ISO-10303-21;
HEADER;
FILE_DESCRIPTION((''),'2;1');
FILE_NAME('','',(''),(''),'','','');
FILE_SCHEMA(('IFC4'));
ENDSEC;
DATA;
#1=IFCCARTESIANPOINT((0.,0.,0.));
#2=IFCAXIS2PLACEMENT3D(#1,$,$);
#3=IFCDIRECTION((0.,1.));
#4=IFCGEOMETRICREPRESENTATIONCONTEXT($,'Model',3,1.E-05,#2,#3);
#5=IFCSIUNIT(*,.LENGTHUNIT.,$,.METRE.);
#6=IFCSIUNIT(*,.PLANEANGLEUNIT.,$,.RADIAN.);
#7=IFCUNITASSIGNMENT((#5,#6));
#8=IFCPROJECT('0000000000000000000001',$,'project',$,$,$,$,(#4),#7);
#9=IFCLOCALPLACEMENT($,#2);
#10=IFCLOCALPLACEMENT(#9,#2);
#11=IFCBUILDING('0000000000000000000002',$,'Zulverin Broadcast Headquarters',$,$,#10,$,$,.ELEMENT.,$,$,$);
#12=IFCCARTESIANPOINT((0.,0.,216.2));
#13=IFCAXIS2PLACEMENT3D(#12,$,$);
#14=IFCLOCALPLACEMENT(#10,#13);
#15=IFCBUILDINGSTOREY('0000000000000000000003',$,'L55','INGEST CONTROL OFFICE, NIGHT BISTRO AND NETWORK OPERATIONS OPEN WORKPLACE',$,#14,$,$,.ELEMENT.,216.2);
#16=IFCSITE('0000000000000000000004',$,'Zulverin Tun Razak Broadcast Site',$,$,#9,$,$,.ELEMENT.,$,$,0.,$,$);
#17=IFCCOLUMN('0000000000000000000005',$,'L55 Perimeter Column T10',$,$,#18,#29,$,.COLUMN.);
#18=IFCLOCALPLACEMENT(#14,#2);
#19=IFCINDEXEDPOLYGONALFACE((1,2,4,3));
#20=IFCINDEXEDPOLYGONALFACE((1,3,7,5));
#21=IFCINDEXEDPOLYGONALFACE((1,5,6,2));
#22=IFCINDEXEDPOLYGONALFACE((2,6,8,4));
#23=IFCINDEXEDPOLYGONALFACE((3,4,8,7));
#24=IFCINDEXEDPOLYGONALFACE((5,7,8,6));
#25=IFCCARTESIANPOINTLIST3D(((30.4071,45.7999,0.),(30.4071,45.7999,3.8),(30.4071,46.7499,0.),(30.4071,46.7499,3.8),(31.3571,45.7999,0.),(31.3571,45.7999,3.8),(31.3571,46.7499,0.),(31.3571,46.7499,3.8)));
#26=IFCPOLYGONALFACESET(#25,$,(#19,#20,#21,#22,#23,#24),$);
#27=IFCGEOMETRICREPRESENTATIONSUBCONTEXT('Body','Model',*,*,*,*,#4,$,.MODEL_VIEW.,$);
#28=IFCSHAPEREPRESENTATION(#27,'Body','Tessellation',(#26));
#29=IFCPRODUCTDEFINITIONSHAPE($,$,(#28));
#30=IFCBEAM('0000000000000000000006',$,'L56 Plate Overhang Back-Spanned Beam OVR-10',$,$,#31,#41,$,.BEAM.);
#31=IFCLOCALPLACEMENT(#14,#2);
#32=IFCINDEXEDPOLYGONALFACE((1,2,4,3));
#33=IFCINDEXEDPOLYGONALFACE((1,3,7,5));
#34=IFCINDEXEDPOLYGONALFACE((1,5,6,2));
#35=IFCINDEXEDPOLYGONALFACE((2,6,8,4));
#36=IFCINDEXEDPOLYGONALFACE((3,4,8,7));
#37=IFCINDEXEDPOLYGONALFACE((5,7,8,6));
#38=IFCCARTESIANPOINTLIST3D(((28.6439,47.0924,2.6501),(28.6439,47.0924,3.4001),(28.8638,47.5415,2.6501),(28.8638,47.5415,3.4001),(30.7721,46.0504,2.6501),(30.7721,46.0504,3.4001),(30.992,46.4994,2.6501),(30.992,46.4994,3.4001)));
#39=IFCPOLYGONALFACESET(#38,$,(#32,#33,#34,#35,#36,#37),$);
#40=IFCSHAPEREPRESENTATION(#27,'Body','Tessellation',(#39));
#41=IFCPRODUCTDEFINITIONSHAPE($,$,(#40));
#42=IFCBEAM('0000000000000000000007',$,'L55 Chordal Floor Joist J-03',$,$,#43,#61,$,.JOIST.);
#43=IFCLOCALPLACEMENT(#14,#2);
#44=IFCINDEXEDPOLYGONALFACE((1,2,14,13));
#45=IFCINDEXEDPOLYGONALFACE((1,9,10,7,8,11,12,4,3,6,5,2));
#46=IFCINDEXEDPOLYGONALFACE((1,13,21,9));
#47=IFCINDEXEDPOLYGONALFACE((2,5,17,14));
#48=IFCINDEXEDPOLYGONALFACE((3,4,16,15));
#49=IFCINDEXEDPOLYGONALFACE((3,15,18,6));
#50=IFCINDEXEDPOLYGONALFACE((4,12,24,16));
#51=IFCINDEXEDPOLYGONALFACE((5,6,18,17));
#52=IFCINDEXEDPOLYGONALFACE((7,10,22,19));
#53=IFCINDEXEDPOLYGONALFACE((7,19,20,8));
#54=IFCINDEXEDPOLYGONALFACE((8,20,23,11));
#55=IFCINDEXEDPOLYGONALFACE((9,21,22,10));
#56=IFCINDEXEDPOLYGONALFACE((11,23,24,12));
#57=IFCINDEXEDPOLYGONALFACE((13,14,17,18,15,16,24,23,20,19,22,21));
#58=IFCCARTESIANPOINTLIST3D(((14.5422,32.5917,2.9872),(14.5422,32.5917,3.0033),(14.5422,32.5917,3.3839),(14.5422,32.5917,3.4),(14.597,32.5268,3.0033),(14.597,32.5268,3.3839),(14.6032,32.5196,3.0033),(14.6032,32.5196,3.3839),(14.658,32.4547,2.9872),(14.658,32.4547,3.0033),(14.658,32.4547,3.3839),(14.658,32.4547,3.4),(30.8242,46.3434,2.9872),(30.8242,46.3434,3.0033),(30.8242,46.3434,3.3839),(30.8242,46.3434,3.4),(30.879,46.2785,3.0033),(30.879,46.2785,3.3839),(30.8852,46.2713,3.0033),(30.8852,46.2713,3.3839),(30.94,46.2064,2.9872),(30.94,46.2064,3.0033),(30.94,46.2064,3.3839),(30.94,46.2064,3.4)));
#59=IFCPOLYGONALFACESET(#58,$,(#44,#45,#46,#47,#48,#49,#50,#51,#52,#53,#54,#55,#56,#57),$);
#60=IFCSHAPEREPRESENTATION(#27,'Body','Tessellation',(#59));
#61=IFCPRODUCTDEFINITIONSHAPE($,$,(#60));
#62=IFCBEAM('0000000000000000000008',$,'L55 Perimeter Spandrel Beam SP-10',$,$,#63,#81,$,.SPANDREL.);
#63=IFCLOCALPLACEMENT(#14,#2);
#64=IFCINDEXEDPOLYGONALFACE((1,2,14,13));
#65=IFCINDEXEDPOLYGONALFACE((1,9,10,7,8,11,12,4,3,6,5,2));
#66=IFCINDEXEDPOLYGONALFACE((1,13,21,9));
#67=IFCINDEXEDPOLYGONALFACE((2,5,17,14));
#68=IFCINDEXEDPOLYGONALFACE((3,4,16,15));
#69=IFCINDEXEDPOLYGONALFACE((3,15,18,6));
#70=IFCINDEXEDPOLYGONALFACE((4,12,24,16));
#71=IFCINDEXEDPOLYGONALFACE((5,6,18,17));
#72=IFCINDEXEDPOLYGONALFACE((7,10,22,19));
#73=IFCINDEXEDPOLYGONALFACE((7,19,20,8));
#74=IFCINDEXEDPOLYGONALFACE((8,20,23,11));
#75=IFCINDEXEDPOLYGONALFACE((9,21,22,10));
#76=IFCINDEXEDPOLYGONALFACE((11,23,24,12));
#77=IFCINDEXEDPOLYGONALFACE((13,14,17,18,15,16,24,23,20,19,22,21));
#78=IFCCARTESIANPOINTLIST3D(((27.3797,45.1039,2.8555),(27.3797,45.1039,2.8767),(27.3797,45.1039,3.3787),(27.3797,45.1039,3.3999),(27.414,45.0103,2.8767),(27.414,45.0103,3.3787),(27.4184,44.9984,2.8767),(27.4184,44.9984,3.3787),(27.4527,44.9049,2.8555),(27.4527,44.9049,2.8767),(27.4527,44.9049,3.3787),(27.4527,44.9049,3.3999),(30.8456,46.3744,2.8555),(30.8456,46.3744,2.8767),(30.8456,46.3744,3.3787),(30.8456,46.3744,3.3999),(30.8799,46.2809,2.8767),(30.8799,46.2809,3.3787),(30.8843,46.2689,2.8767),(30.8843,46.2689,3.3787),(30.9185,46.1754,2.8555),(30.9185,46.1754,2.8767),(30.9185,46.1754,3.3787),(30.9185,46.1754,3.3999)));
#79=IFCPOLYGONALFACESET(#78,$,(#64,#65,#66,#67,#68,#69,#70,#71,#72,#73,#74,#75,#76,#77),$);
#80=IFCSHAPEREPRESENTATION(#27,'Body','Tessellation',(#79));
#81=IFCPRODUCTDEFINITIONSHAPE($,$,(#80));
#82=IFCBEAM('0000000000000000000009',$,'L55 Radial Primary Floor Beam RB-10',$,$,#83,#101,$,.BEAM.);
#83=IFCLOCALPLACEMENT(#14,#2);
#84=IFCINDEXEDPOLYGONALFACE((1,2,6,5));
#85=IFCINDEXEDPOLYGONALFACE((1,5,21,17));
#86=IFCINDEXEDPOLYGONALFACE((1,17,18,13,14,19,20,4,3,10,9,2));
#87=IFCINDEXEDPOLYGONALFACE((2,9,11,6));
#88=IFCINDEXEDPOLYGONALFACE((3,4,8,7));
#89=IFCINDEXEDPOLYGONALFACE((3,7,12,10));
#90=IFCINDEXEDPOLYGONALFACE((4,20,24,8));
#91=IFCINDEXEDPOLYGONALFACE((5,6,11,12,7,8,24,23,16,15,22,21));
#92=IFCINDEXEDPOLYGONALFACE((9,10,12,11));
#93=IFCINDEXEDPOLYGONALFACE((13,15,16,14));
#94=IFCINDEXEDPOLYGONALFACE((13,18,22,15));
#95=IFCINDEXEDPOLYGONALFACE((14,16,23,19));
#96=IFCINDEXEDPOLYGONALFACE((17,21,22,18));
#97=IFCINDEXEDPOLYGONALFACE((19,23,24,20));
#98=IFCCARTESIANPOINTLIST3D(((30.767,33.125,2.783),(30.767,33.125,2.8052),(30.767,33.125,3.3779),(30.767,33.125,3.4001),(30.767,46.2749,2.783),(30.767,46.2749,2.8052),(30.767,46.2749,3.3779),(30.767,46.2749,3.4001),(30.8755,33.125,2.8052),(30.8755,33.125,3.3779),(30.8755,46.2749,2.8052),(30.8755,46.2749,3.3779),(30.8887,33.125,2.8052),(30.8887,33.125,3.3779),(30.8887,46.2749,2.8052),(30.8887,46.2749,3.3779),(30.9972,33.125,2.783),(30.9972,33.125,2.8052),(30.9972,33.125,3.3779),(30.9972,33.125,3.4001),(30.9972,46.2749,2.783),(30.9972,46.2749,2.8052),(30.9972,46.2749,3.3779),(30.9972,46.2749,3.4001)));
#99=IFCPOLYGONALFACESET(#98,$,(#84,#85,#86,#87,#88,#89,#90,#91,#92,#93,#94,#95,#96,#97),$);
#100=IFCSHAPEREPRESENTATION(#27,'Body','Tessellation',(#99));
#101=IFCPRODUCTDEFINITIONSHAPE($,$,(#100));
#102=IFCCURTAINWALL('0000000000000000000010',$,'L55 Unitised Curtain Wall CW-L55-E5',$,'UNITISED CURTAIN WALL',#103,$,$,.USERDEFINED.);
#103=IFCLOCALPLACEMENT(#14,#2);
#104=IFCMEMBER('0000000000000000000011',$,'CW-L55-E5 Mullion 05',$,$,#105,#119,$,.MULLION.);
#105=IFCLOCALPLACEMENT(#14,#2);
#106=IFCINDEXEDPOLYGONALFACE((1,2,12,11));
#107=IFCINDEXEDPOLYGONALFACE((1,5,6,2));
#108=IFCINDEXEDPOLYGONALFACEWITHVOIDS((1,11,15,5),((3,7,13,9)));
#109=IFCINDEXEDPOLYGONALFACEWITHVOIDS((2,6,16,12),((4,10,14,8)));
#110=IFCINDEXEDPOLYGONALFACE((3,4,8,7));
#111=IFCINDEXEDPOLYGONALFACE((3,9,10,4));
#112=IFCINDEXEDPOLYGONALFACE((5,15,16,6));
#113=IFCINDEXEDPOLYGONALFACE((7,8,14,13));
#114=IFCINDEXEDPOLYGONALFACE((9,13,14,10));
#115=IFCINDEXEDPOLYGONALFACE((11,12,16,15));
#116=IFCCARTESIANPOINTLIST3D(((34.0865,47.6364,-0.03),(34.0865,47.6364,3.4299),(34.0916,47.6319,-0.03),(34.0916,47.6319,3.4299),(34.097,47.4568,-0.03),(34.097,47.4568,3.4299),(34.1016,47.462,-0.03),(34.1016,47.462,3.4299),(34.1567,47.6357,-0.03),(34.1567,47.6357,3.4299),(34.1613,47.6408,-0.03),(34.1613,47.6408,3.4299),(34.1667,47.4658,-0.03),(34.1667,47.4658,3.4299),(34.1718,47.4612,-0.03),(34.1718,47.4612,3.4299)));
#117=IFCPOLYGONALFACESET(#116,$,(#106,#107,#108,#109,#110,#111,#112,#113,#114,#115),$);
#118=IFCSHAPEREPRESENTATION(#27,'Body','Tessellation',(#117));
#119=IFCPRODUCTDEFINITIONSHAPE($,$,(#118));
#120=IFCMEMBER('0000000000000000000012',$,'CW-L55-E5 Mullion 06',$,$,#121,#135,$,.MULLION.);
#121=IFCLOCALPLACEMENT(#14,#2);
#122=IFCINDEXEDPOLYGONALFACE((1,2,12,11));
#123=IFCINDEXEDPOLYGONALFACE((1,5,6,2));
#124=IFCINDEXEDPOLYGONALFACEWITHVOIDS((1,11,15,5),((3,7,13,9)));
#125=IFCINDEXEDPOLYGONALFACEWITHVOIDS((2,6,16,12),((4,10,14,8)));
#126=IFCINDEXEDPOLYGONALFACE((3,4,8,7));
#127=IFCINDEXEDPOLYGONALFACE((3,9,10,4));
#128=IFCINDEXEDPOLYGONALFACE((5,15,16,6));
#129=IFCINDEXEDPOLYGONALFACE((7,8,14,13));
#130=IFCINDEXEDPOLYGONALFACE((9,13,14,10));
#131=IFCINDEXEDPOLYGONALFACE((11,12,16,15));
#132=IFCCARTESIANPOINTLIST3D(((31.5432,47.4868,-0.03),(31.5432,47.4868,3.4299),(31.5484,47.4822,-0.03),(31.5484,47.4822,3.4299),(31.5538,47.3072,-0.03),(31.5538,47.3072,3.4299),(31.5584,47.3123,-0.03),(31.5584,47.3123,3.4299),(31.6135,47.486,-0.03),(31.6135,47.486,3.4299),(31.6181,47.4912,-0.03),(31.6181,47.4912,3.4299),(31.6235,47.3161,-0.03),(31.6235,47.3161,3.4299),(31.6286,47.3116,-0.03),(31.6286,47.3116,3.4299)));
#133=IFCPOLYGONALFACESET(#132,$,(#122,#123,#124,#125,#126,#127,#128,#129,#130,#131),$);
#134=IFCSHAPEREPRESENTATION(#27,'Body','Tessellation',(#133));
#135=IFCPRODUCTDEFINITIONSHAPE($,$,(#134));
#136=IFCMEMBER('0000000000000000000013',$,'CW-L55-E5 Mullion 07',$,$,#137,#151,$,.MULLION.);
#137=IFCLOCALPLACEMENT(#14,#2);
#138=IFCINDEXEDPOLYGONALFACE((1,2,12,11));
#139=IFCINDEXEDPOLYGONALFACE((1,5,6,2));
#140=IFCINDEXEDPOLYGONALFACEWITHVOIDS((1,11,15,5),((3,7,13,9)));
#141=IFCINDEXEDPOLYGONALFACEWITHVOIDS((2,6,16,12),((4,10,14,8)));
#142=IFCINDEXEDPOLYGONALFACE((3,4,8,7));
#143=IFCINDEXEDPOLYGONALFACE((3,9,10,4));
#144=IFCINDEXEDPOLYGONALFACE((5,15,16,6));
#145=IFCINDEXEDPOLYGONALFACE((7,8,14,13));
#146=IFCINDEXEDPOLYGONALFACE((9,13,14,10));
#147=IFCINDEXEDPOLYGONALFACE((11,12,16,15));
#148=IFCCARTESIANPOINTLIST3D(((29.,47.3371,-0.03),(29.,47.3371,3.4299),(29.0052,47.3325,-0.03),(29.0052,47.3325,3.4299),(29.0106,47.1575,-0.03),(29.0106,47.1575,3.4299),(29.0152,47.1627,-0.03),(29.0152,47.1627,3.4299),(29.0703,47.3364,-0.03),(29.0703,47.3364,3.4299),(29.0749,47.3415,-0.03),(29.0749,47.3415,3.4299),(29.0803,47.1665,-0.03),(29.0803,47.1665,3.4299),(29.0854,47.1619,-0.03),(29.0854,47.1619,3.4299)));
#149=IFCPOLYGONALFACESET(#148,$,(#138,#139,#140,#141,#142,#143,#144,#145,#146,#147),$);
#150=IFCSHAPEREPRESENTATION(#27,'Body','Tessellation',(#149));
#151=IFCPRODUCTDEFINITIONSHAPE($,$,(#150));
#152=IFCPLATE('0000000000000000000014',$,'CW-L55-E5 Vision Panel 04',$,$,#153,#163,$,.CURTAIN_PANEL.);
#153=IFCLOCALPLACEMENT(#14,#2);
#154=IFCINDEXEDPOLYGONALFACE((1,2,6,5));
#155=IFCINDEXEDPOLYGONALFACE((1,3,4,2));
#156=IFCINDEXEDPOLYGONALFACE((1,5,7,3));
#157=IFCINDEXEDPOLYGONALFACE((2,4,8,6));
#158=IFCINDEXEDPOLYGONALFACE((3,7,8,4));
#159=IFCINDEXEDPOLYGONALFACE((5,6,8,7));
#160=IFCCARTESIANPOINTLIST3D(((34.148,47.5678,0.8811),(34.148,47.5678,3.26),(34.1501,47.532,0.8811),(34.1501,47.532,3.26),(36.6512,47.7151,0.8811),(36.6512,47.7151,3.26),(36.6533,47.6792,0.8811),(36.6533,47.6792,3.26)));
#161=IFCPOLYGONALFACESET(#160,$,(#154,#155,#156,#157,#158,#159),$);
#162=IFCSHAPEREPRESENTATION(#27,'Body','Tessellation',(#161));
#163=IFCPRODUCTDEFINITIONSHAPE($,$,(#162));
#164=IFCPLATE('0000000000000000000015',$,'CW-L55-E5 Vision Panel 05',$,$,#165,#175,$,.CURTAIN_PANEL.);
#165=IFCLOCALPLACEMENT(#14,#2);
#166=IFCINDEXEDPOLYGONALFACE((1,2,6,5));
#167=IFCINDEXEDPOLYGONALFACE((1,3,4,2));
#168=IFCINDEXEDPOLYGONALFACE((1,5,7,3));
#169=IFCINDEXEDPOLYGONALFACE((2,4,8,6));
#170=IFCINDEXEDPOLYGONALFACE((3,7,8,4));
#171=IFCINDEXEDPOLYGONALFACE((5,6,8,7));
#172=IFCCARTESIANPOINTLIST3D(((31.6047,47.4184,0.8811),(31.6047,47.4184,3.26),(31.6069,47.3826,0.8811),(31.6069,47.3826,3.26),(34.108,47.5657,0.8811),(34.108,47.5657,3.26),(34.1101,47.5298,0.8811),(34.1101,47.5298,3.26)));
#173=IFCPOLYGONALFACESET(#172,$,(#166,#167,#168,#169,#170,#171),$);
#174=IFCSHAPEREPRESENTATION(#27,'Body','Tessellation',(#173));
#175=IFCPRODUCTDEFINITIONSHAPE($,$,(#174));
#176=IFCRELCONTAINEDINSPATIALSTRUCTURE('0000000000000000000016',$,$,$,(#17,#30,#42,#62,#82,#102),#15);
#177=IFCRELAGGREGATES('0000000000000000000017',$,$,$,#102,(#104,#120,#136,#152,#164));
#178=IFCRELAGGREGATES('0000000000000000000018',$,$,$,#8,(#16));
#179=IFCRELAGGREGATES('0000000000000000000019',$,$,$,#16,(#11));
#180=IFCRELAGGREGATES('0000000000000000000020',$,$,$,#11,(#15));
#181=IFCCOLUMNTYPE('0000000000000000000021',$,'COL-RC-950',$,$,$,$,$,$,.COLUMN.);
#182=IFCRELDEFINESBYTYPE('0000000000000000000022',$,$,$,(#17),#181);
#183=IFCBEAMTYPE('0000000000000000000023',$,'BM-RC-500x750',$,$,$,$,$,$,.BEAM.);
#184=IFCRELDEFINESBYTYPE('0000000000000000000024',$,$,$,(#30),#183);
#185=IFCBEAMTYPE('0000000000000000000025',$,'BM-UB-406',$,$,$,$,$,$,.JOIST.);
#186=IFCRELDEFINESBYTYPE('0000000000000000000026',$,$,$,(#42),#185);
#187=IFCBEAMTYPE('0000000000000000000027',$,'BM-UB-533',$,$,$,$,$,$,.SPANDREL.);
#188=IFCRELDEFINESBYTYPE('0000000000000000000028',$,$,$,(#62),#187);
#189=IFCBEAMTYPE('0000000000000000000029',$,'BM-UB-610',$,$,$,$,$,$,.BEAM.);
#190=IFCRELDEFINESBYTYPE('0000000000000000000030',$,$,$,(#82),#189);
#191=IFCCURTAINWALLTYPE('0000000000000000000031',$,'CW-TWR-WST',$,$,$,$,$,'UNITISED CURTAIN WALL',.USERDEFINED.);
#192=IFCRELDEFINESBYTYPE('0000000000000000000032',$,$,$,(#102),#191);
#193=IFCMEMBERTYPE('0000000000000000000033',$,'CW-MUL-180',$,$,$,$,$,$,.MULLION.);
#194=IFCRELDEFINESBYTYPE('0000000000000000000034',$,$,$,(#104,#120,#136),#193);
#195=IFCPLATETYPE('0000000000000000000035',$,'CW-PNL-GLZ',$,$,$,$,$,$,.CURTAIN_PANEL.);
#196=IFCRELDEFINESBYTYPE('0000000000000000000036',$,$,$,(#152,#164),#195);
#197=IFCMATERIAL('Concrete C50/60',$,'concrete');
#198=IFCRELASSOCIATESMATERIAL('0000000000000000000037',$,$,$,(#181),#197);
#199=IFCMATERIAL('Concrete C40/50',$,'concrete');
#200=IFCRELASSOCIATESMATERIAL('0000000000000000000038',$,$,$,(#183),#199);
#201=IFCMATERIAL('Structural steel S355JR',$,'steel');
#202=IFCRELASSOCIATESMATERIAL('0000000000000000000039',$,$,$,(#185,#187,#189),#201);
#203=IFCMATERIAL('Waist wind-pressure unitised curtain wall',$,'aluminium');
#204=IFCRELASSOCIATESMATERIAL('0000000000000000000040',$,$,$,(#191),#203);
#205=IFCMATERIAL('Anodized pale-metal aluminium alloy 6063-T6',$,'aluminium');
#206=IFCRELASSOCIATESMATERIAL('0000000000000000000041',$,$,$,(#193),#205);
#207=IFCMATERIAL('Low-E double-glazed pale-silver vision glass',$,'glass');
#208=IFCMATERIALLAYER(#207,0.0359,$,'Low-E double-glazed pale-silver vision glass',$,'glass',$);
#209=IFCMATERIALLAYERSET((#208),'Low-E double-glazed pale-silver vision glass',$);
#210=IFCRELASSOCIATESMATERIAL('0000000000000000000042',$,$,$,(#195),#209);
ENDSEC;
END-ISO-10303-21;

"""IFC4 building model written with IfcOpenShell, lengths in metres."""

from ifc_helpers import new_model, si_unit, direction, frame, origin, origin_2d, place, context, subcontext, project, spatial, rectangle, hollow_rectangle, i_section, extrude, material, layer, layer_set, material_profile, profile_set, type_object, element, aggregate, save


model = new_model("IFC4")

# Units and contexts
model_context = context("Model", 3, precision=1e-05, world=origin(), true_north=direction((0.0, 1.0)))
body_context = subcontext(model_context, "Body", "Model", "MODEL_VIEW")
ifc_project = project(units=[si_unit("LENGTHUNIT", "METRE"), si_unit("PLANEANGLEUNIT", "RADIAN")], contexts=[model_context])

# Site, building, storey
site_placement = place(None, origin())
site = spatial("IfcSite", under=ifc_project, at=site_placement, Name="Zulverin Tun Razak Broadcast Site", CompositionType="ELEMENT", RefElevation=0.0)
building_placement = place(site_placement, origin())
building = spatial("IfcBuilding", under=site, at=building_placement, Name="Zulverin Broadcast Headquarters", CompositionType="ELEMENT")
storey_placement = place(building_placement, frame((0.0, 0.0, 216.2)))
storey = spatial("IfcBuildingStorey", under=building, at=storey_placement, Name="L55", Description="INGEST CONTROL OFFICE, NIGHT BISTRO AND NETWORK OPERATIONS OPEN WORKPLACE", CompositionType="ELEMENT", Elevation=216.2)

# Column
ifc_material_1 = material(Name="Concrete C50/60", Category="concrete")
ifc_material_profile_1 = material_profile(ifc_material_1, rectangle(XDim=0.95, YDim=0.95, at=origin_2d()), Name="Concrete C50/60", Category="concrete")
ifc_profile_set_1 = profile_set([ifc_material_profile_1], Name="Concrete C50/60")
column_type = type_object("IfcColumnType", Name="COL-RC-950", PredefinedType="COLUMN", material=ifc_profile_set_1)
column_placement = place(storey_placement, frame((30.8821, 46.2749, 0.0), z_axis=(0.0, 0.0, 1.0), x_axis=(1.0, 0.0, 0.0)))
element("IfcColumn", 1, at=column_placement, inside=storey, type_object=column_type, Name="L55 Perimeter Column T10", PredefinedType="COLUMN", context=body_context, shape_type="SweptSolid", body=[
    extrude(rectangle(XDim=0.95, YDim=0.95, at=origin_2d()), origin(), (0.0, 0.0, 1.0), 3.8),
])

# Beams
ifc_material_2 = material(Name="Concrete C40/50", Category="concrete")
ifc_material_profile_2 = material_profile(ifc_material_2, rectangle(XDim=0.5, YDim=0.75, at=origin_2d()), Name="Concrete C40/50", Category="concrete")
ifc_profile_set_2 = profile_set([ifc_material_profile_2], Name="Concrete C40/50")
beam_type_1 = type_object("IfcBeamType", Name="BM-RC-500x750", PredefinedType="BEAM", material=ifc_profile_set_2)
beam_1_placement = place(storey_placement, frame((30.8821, 46.2749, 3.0251), z_axis=(-0.898126, 0.439739, 0.0), x_axis=(-0.439739, -0.898126, 0.0)))
element("IfcBeam", 2, at=beam_1_placement, inside=storey, type_object=beam_type_1, Name="L56 Plate Overhang Back-Spanned Beam OVR-10", PredefinedType="BEAM", context=body_context, shape_type="SweptSolid", body=[
    extrude(rectangle(XDim=0.5, YDim=0.75, at=origin_2d()), origin(), (0.0, 0.0, 1.0), 2.3696),
])
ifc_material_3 = material(Name="Structural steel S355JR", Category="steel")
ifc_material_profile_3 = material_profile(ifc_material_3, i_section(OverallWidth=0.1794, OverallDepth=0.4128, WebThickness=0.0095, FlangeThickness=0.0161, at=origin_2d()), Name="Structural steel S355JR", Category="steel")
ifc_profile_set_3 = profile_set([ifc_material_profile_3], Name="Structural steel S355JR")
beam_type_2 = type_object("IfcBeamType", Name="BM-UB-406", PredefinedType="JOIST", material=ifc_profile_set_3)
beam_2_placement = place(storey_placement, frame((30.8821, 46.2749, 3.1936), z_axis=(-0.763973, -0.645249, 0.0), x_axis=(0.645249, -0.763973, 0.0)))
element("IfcBeam", 3, at=beam_2_placement, inside=storey, type_object=beam_type_2, Name="L55 Chordal Floor Joist J-03", PredefinedType="JOIST", context=body_context, shape_type="SweptSolid", body=[
    extrude(i_section(OverallWidth=0.1794, OverallDepth=0.4128, WebThickness=0.0095, FlangeThickness=0.0161, at=origin_2d()), origin(), (0.0, 0.0, 1.0), 21.3123),
])
ifc_material_profile_4 = material_profile(ifc_material_3, i_section(OverallWidth=0.2119, OverallDepth=0.5444, WebThickness=0.0127, FlangeThickness=0.0212, at=origin_2d()), Name="Structural steel S355JR", Category="steel")
ifc_profile_set_4 = profile_set([ifc_material_profile_4], Name="Structural steel S355JR")
beam_type_3 = type_object("IfcBeamType", Name="BM-UB-533", PredefinedType="SPANDREL", material=ifc_profile_set_4)
beam_3_placement = place(storey_placement, frame((30.8821, 46.2749, 3.1277), z_axis=(-0.938902, -0.344185, 0.0), x_axis=(0.344185, -0.938902, 0.0)))
element("IfcBeam", 4, at=beam_3_placement, inside=storey, type_object=beam_type_3, Name="L55 Perimeter Spandrel Beam SP-10", PredefinedType="SPANDREL", context=body_context, shape_type="SweptSolid", body=[
    extrude(i_section(OverallWidth=0.2119, OverallDepth=0.5444, WebThickness=0.0127, FlangeThickness=0.0212, at=origin_2d()), origin(), (0.0, 0.0, 1.0), 3.6914),
])
ifc_material_profile_5 = material_profile(ifc_material_3, i_section(OverallWidth=0.2302, OverallDepth=0.6172, WebThickness=0.0132, FlangeThickness=0.0222, at=origin_2d()), Name="Structural steel S355JR", Category="steel")
ifc_profile_set_5 = profile_set([ifc_material_profile_5], Name="Structural steel S355JR")
beam_type_4 = type_object("IfcBeamType", Name="BM-UB-610", PredefinedType="BEAM", material=ifc_profile_set_5)
beam_4_placement = place(storey_placement, frame((30.8821, 33.125, 3.0916), z_axis=(0.0, 1.0, 0.0), x_axis=(-1.0, 0.0, 0.0)))
element("IfcBeam", 5, at=beam_4_placement, inside=storey, type_object=beam_type_4, Name="L55 Radial Primary Floor Beam RB-10", PredefinedType="BEAM", context=body_context, shape_type="SweptSolid", body=[
    extrude(i_section(OverallWidth=0.2302, OverallDepth=0.6172, WebThickness=0.0132, FlangeThickness=0.0222, at=origin_2d()), origin(), (0.0, 0.0, 1.0), 13.1499),
])

# Curtain wall, members, plates
ifc_material_4 = material(Name="Waist wind-pressure unitised curtain wall", Category="aluminium")
curtain_wall_type = type_object("IfcCurtainWallType", Name="CW-TWR-WST", ElementType="UNITISED CURTAIN WALL", PredefinedType="USERDEFINED", material=ifc_material_4)
curtain_wall_placement = place(storey_placement, origin())
curtain_wall = element("IfcCurtainWall", 6, at=curtain_wall_placement, inside=storey, type_object=curtain_wall_type, Name="L55 Unitised Curtain Wall CW-L55-E5", ObjectType="UNITISED CURTAIN WALL", PredefinedType="USERDEFINED")
ifc_material_5 = material(Name="Anodized pale-metal aluminium alloy 6063-T6", Category="aluminium")
ifc_material_profile_6 = material_profile(ifc_material_5, hollow_rectangle(XDim=0.075, YDim=0.1799, WallThickness=0.0049, at=origin_2d()), Name="Anodized pale-metal aluminium alloy 6063-T6", Category="aluminium")
ifc_profile_set_6 = profile_set([ifc_material_profile_6], Name="Anodized pale-metal aluminium alloy 6063-T6")
member_type = type_object("IfcMemberType", Name="CW-MUL-180", PredefinedType="MULLION", material=ifc_profile_set_6)
member_1_placement = place(storey_placement, frame((34.1292, 47.5488, -0.03), z_axis=(0.0, 0.0, 1.0), x_axis=(-0.998274, -0.058723, 0.0)))
member_1 = element("IfcMember", 7, at=member_1_placement, type_object=member_type, Name="CW-L55-E5 Mullion 05", PredefinedType="MULLION", context=body_context, shape_type="SweptSolid", body=[
    extrude(hollow_rectangle(XDim=0.075, YDim=0.1799, WallThickness=0.0049, at=origin_2d()), origin(), (0.0, 0.0, 1.0), 3.46),
])
member_2_placement = place(storey_placement, frame((31.5859, 47.3992, -0.03), z_axis=(0.0, 0.0, 1.0), x_axis=(-0.998274, -0.058723, 0.0)))
member_2 = element("IfcMember", 8, at=member_2_placement, type_object=member_type, Name="CW-L55-E5 Mullion 06", PredefinedType="MULLION", context=body_context, shape_type="SweptSolid", body=[
    extrude(hollow_rectangle(XDim=0.075, YDim=0.1799, WallThickness=0.0049, at=origin_2d()), origin(), (0.0, 0.0, 1.0), 3.46),
])
member_3_placement = place(storey_placement, frame((29.0427, 47.2495, -0.03), z_axis=(0.0, 0.0, 1.0), x_axis=(-0.998274, -0.058723, 0.0)))
member_3 = element("IfcMember", 9, at=member_3_placement, type_object=member_type, Name="CW-L55-E5 Mullion 07", PredefinedType="MULLION", context=body_context, shape_type="SweptSolid", body=[
    extrude(hollow_rectangle(XDim=0.075, YDim=0.1799, WallThickness=0.0049, at=origin_2d()), origin(), (0.0, 0.0, 1.0), 3.46),
])
ifc_material_6 = material(Name="Low-E double-glazed pale-silver vision glass", Category="glass")
ifc_layer_1 = layer(ifc_material_6, 0.0359, Name="Low-E double-glazed pale-silver vision glass", Category="glass")
ifc_layer_set_1 = layer_set([ifc_layer_1], Name="Low-E double-glazed pale-silver vision glass")
plate_type_1 = type_object("IfcPlateType", Name="CW-PNL-GLZ", PredefinedType="CURTAIN_PANEL", material=ifc_layer_set_1)
plate_1_placement = place(storey_placement, frame((35.4006, 47.6235, 0.8811), z_axis=(0.0, 0.0, 1.0), x_axis=(-0.998274, -0.058723, 0.0)))
plate_1 = element("IfcPlate", 10, at=plate_1_placement, type_object=plate_type_1, Name="CW-L55-E5 Vision Panel 04", PredefinedType="CURTAIN_PANEL", context=body_context, shape_type="SweptSolid", body=[
    extrude(rectangle(XDim=2.5076, YDim=0.0359, at=origin_2d()), origin(), (0.0, 0.0, 1.0), 2.3789),
])
plate_2_placement = place(storey_placement, frame((32.8574, 47.4741, 0.8811), z_axis=(0.0, 0.0, 1.0), x_axis=(-0.998274, -0.058723, 0.0)))
plate_2 = element("IfcPlate", 11, at=plate_2_placement, type_object=plate_type_1, Name="CW-L55-E5 Vision Panel 05", PredefinedType="CURTAIN_PANEL", context=body_context, shape_type="SweptSolid", body=[
    extrude(rectangle(XDim=2.5076, YDim=0.0359, at=origin_2d()), origin(), (0.0, 0.0, 1.0), 2.3789),
])
aggregate(curtain_wall, [member_1, member_2, member_3, plate_1, plate_2])

save(model, "model.ifc")
